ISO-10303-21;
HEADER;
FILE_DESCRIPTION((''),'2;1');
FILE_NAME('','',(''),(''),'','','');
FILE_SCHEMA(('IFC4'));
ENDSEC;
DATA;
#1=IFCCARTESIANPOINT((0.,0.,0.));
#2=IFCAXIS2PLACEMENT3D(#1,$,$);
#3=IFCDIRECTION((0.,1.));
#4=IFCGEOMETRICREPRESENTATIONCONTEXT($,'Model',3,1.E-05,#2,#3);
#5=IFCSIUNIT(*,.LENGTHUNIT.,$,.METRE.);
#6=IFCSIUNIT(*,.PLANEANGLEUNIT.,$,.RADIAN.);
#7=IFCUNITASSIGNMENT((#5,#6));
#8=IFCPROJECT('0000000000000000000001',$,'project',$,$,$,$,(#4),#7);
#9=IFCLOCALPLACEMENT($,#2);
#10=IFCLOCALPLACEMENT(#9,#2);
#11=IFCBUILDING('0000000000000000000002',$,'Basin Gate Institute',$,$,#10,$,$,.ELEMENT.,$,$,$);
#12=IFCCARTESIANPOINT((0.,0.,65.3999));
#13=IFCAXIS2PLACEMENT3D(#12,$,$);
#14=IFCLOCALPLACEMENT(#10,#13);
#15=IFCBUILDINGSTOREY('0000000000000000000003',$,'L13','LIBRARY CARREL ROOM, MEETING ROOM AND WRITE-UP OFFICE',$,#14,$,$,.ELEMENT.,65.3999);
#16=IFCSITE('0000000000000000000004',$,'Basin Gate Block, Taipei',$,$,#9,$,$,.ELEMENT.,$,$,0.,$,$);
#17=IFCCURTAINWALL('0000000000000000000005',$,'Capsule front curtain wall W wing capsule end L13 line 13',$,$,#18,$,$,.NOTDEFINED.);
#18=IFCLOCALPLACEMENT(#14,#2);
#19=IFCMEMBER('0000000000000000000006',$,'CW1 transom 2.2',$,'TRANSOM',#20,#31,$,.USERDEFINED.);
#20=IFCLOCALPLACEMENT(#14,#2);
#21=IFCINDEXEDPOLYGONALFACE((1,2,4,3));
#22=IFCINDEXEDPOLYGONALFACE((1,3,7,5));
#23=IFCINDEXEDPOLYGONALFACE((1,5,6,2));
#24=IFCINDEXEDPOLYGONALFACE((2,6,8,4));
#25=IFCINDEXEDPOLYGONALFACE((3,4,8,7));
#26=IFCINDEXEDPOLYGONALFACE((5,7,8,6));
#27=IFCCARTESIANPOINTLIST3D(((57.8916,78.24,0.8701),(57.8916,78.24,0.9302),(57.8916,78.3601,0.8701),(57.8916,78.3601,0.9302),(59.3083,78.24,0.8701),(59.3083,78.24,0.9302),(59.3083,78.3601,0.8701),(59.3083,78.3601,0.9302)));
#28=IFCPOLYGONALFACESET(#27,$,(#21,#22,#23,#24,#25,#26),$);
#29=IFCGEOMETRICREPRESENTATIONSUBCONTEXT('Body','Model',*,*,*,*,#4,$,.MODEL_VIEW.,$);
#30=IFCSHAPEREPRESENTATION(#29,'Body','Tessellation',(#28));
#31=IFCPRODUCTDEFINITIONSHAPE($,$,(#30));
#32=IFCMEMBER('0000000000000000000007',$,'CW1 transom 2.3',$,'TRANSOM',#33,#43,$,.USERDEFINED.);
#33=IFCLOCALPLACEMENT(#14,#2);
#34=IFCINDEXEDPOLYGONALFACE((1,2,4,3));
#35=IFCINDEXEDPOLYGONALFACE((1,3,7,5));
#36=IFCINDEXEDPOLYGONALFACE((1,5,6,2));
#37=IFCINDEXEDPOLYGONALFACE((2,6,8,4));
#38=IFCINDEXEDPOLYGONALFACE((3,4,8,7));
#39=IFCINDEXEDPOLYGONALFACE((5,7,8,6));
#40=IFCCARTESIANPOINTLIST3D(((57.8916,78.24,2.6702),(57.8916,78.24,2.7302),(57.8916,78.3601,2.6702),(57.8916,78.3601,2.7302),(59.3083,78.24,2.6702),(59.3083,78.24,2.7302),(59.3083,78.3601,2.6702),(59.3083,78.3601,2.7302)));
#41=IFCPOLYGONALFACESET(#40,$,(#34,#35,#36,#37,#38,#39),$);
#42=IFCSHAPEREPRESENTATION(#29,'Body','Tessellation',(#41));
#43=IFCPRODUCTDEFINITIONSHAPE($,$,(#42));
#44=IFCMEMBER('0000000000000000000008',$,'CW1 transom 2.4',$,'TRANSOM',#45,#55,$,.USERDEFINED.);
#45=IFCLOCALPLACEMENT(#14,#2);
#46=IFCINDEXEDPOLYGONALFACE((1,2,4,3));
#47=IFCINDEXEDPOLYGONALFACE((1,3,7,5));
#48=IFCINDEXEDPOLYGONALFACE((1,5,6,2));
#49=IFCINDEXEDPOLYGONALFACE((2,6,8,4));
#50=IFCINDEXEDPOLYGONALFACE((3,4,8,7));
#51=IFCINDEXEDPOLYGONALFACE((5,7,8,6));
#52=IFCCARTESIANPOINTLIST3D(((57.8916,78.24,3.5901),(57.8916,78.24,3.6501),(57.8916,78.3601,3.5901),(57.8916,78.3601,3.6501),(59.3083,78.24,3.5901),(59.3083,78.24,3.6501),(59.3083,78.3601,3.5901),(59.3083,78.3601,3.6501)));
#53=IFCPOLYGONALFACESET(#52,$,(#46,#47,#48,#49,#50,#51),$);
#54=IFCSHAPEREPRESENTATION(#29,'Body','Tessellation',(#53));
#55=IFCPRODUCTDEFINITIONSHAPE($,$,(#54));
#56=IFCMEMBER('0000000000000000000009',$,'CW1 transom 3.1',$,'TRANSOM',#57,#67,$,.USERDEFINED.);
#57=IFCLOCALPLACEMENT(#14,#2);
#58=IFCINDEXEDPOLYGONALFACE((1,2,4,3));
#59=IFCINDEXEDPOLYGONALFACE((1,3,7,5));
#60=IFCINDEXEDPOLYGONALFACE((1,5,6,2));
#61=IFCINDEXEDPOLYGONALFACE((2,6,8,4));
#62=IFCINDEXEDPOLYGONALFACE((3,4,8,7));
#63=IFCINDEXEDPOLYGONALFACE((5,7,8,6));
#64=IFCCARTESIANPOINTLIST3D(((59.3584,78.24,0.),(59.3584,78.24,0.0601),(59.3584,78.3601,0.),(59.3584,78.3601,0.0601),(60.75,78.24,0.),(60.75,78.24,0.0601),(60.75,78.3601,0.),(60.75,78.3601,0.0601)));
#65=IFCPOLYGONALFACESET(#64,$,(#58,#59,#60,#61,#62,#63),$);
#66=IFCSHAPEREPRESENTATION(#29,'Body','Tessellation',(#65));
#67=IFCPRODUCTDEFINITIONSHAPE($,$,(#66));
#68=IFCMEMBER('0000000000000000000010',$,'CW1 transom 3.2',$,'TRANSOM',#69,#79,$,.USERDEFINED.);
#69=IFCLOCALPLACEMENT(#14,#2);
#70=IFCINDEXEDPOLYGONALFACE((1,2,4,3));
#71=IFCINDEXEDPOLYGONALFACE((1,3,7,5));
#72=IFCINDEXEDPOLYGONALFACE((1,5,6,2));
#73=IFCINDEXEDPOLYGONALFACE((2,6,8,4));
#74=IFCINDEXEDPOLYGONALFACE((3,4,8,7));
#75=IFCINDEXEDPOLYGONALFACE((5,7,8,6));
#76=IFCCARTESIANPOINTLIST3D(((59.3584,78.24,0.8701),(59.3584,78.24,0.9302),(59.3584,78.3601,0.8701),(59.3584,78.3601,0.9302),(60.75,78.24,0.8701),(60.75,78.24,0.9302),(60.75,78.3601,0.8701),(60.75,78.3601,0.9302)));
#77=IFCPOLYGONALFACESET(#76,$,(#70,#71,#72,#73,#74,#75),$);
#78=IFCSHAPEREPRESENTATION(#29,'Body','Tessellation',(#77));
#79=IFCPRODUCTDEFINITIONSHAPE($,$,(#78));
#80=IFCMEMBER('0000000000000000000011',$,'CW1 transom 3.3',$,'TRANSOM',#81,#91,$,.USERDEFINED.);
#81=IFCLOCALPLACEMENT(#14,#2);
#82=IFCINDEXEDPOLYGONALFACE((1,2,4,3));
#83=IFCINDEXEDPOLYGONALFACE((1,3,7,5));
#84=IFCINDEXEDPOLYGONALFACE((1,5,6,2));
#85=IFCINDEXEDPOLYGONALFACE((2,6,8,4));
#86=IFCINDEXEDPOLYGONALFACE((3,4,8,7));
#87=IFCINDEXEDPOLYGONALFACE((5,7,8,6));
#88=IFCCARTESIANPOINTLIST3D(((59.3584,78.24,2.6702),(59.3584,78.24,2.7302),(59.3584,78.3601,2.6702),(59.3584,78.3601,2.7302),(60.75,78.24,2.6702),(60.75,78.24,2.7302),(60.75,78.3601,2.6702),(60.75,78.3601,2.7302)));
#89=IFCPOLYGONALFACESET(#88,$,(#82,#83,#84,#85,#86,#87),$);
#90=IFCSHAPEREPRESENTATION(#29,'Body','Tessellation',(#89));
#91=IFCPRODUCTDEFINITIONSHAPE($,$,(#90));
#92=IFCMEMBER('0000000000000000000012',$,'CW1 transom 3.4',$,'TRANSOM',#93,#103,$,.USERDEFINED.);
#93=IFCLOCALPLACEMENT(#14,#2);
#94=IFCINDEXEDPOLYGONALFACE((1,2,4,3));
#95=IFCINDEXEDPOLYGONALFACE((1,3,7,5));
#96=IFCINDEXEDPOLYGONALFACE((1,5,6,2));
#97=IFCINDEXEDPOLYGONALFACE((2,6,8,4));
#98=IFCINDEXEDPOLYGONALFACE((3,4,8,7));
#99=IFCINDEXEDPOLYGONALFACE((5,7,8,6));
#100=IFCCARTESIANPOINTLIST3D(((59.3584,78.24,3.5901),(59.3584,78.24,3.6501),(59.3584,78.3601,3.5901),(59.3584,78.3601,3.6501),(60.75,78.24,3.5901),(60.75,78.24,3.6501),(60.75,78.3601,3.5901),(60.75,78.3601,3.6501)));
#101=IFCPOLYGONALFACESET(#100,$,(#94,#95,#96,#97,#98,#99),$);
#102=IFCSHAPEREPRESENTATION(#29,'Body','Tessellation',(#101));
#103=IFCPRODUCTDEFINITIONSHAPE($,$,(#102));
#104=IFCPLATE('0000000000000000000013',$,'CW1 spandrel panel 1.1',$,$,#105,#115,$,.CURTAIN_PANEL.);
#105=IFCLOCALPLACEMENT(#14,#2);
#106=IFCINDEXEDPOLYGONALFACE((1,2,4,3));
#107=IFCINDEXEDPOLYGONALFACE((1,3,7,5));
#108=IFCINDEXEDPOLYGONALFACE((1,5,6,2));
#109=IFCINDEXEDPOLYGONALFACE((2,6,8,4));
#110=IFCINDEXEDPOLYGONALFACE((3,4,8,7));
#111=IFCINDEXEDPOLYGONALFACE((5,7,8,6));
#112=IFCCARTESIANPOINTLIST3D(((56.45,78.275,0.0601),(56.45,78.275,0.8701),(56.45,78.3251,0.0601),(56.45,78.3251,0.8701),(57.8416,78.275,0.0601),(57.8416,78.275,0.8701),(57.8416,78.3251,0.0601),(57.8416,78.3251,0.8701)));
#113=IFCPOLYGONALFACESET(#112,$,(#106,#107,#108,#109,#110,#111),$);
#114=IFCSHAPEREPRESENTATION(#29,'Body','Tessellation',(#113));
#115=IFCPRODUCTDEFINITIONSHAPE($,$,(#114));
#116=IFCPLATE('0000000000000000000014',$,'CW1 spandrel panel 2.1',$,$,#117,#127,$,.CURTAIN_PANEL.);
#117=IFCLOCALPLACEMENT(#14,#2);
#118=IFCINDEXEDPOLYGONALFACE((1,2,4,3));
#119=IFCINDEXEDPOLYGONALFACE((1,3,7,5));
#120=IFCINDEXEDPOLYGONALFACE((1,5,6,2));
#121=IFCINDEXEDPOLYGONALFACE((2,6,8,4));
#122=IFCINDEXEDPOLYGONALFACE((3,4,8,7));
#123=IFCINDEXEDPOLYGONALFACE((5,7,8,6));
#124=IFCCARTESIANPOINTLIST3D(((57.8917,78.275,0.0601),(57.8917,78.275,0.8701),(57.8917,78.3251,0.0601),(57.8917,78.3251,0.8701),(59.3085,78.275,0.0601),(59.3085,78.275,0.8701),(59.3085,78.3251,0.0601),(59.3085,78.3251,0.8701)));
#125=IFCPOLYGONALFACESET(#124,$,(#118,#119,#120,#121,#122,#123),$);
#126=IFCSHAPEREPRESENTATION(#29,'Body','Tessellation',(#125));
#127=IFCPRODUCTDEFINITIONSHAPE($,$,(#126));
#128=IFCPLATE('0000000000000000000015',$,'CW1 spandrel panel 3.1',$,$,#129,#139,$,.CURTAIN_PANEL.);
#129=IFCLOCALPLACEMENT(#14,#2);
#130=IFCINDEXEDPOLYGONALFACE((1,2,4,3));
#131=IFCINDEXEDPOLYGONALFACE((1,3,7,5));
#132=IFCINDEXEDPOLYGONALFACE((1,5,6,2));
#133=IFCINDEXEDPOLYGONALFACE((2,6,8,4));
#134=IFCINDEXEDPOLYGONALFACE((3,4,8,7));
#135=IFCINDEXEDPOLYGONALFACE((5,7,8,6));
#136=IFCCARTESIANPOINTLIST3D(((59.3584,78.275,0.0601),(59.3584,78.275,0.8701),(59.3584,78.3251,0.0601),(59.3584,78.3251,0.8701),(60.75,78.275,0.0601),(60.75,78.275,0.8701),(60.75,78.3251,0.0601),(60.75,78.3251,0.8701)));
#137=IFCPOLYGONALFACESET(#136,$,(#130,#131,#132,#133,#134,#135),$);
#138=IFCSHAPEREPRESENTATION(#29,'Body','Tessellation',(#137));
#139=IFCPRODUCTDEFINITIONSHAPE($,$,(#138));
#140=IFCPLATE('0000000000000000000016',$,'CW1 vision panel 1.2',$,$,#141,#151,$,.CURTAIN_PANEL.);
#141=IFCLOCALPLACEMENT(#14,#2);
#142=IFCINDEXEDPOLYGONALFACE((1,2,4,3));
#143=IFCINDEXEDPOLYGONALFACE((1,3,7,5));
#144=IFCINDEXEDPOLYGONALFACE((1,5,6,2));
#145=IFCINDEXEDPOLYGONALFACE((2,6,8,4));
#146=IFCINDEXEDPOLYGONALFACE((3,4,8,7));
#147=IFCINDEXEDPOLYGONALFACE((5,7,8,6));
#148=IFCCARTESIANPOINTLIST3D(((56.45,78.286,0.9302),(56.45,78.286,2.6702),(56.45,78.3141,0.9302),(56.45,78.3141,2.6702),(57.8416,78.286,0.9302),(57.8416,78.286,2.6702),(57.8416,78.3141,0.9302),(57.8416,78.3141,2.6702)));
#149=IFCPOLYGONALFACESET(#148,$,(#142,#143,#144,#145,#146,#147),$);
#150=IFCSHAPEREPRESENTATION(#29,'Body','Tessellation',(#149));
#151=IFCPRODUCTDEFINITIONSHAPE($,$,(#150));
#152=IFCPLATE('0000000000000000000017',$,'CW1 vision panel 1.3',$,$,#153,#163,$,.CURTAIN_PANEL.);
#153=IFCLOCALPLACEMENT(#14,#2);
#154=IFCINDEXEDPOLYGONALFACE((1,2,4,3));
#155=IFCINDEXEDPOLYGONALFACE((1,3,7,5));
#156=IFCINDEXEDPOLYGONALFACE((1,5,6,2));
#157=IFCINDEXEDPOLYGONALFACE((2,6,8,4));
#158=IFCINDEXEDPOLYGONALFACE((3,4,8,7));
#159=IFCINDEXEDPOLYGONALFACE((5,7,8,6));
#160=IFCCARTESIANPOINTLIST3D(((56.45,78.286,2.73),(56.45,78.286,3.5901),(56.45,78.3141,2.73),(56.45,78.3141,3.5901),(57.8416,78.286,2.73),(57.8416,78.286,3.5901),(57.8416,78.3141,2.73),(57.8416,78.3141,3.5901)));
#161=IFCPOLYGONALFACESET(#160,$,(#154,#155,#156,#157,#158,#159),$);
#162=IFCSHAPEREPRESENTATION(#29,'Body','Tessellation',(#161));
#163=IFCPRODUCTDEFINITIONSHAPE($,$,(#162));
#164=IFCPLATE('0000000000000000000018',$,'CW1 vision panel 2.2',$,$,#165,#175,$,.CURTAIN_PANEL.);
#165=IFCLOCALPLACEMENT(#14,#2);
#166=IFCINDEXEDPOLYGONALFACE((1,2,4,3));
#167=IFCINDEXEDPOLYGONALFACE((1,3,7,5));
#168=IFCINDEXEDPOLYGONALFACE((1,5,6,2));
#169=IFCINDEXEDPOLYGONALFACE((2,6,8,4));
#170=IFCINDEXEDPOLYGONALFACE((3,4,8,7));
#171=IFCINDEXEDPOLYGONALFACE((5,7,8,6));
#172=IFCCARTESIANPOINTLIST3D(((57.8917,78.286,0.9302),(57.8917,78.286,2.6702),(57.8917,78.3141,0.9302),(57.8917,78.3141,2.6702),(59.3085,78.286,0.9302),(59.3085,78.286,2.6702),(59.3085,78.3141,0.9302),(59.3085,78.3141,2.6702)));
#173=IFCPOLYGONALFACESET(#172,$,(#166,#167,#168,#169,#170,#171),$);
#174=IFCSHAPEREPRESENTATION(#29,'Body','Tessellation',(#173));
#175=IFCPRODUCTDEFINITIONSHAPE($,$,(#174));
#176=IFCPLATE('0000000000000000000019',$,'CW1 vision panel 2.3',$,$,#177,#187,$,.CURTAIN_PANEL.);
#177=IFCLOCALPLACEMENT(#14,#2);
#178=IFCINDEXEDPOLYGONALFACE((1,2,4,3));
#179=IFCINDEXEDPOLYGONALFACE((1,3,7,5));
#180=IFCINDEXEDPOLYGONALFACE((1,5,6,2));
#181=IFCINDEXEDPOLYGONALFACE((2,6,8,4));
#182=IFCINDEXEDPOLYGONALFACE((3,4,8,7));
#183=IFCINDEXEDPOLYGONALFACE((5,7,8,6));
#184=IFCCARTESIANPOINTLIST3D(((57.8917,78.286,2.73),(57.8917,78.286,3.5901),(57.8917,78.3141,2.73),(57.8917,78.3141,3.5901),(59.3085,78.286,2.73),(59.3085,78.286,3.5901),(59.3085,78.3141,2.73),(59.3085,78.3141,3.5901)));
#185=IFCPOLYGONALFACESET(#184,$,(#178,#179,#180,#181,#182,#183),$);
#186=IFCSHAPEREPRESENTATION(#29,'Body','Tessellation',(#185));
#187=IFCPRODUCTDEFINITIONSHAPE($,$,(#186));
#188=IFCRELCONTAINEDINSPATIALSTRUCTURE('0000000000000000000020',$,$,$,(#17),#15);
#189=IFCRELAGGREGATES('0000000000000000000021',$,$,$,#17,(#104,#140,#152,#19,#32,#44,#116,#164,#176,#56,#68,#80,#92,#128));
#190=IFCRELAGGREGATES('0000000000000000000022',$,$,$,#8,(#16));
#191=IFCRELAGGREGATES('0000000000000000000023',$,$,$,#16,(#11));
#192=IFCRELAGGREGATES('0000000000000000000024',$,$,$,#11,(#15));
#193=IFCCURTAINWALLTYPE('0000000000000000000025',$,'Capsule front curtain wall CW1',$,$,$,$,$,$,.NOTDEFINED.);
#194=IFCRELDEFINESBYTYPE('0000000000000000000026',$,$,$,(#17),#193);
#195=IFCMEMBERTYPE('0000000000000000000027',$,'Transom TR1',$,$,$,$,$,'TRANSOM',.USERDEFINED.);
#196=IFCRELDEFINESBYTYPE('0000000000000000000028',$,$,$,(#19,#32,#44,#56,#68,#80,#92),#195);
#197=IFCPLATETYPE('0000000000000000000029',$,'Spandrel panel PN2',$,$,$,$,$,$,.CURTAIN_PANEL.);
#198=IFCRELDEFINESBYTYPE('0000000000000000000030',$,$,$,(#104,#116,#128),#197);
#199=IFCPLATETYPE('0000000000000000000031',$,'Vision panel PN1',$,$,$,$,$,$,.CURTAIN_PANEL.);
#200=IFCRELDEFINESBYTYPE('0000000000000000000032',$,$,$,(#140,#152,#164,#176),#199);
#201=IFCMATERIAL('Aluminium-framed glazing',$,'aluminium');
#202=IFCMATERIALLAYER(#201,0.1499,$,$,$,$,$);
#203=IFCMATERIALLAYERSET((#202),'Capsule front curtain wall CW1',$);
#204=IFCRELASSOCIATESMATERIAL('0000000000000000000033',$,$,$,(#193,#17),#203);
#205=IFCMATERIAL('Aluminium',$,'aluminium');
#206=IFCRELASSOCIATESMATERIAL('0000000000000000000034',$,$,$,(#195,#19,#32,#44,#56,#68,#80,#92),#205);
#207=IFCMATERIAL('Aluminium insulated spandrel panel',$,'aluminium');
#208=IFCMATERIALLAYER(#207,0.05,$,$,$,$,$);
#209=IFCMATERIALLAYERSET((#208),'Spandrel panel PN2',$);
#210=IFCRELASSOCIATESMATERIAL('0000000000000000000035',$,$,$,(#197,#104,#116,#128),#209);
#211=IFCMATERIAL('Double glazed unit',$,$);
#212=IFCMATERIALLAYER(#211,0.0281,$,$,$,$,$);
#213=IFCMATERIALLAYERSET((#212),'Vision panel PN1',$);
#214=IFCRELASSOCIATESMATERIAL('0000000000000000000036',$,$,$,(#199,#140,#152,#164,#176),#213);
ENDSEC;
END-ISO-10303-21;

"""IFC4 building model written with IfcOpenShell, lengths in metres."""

from ifc_helpers import new_model, si_unit, direction, frame, origin, origin_2d, place, context, subcontext, project, spatial, rectangle, extrude, material, layer, layer_set, material_profile, profile_set, type_object, element, aggregate, save


model = new_model("IFC4")

# Units and contexts
model_context = context("Model", 3, precision=1e-05, world=origin(), true_north=direction((0.0, 1.0)))
body_context = subcontext(model_context, "Body", "Model", "MODEL_VIEW")
ifc_project = project(units=[si_unit("LENGTHUNIT", "METRE"), si_unit("PLANEANGLEUNIT", "RADIAN")], contexts=[model_context])

# Site, building, storey
site_placement = place(None, origin())
site = spatial("IfcSite", under=ifc_project, at=site_placement, Name="Basin Gate Block, Taipei", CompositionType="ELEMENT", RefElevation=0.0)
building_placement = place(site_placement, origin())
building = spatial("IfcBuilding", under=site, at=building_placement, Name="Basin Gate Institute", CompositionType="ELEMENT")
storey_placement = place(building_placement, frame((0.0, 0.0, 65.3999)))
storey = spatial("IfcBuildingStorey", under=building, at=storey_placement, Name="L13", Description="LIBRARY CARREL ROOM, MEETING ROOM AND WRITE-UP OFFICE", CompositionType="ELEMENT", Elevation=65.3999)

# Curtain wall
ifc_material_1 = material(Name="Aluminium-framed glazing", Category="aluminium")
ifc_layer_1 = layer(ifc_material_1, 0.1499)
ifc_layer_set_1 = layer_set([ifc_layer_1], Name="Capsule front curtain wall CW1")
curtain_wall_type = type_object("IfcCurtainWallType", Name="Capsule front curtain wall CW1", PredefinedType="NOTDEFINED", material=ifc_layer_set_1)
curtain_wall_placement = place(storey_placement, origin())
curtain_wall = element("IfcCurtainWall", 1, at=curtain_wall_placement, inside=storey, type_object=curtain_wall_type, material=ifc_layer_set_1, Name="Capsule front curtain wall W wing capsule end L13 line 13", PredefinedType="NOTDEFINED")

# Members
ifc_material_2 = material(Name="Aluminium", Category="aluminium")
ifc_material_profile_1 = material_profile(ifc_material_2, rectangle(XDim=0.1201, YDim=0.0601, at=origin_2d()), Name="Transom TR1 120 x 60")
ifc_profile_set_1 = profile_set([ifc_material_profile_1], Name="Aluminium")
member_type_1 = type_object("IfcMemberType", Name="Transom TR1", ElementType="TRANSOM", PredefinedType="USERDEFINED", material=ifc_profile_set_1)
member_1_placement = place(storey_placement, frame((57.8916, 78.3, 0.9001), z_axis=(1.0, 0.0, 0.0), x_axis=(0.0, 1.0, 0.0)))
member_1 = element("IfcMember", 2, at=member_1_placement, type_object=member_type_1, material=ifc_profile_set_1, Name="CW1 transom 2.2", ObjectType="TRANSOM", PredefinedType="USERDEFINED", context=body_context, shape_type="SweptSolid", body=[
    extrude(rectangle(XDim=0.1201, YDim=0.0601, at=origin_2d()), origin(), (0.0, 0.0, 1.0), 1.4167),
])
member_2_placement = place(storey_placement, frame((57.8916, 78.3, 2.7002), z_axis=(1.0, 0.0, 0.0), x_axis=(0.0, 1.0, 0.0)))
member_2 = element("IfcMember", 3, at=member_2_placement, type_object=member_type_1, material=ifc_profile_set_1, Name="CW1 transom 2.3", ObjectType="TRANSOM", PredefinedType="USERDEFINED", context=body_context, shape_type="SweptSolid", body=[
    extrude(rectangle(XDim=0.1201, YDim=0.0601, at=origin_2d()), origin(), (0.0, 0.0, 1.0), 1.4167),
])
member_3_placement = place(storey_placement, frame((57.8916, 78.3, 3.6201), z_axis=(1.0, 0.0, 0.0), x_axis=(0.0, 1.0, 0.0)))
member_3 = element("IfcMember", 4, at=member_3_placement, type_object=member_type_1, material=ifc_profile_set_1, Name="CW1 transom 2.4", ObjectType="TRANSOM", PredefinedType="USERDEFINED", context=body_context, shape_type="SweptSolid", body=[
    extrude(rectangle(XDim=0.1201, YDim=0.0601, at=origin_2d()), origin(), (0.0, 0.0, 1.0), 1.4167),
])
member_4_placement = place(storey_placement, frame((59.3584, 78.3, 0.03), z_axis=(1.0, 0.0, 0.0), x_axis=(0.0, 1.0, 0.0)))
member_4 = element("IfcMember", 5, at=member_4_placement, type_object=member_type_1, material=ifc_profile_set_1, Name="CW1 transom 3.1", ObjectType="TRANSOM", PredefinedType="USERDEFINED", context=body_context, shape_type="SweptSolid", body=[
    extrude(rectangle(XDim=0.1201, YDim=0.0601, at=origin_2d()), origin(), (0.0, 0.0, 1.0), 1.3916),
])
member_5_placement = place(storey_placement, frame((59.3584, 78.3, 0.9001), z_axis=(1.0, 0.0, 0.0), x_axis=(0.0, 1.0, 0.0)))
member_5 = element("IfcMember", 6, at=member_5_placement, type_object=member_type_1, material=ifc_profile_set_1, Name="CW1 transom 3.2", ObjectType="TRANSOM", PredefinedType="USERDEFINED", context=body_context, shape_type="SweptSolid", body=[
    extrude(rectangle(XDim=0.1201, YDim=0.0601, at=origin_2d()), origin(), (0.0, 0.0, 1.0), 1.3916),
])
member_6_placement = place(storey_placement, frame((59.3584, 78.3, 2.7002), z_axis=(1.0, 0.0, 0.0), x_axis=(0.0, 1.0, 0.0)))
member_6 = element("IfcMember", 7, at=member_6_placement, type_object=member_type_1, material=ifc_profile_set_1, Name="CW1 transom 3.3", ObjectType="TRANSOM", PredefinedType="USERDEFINED", context=body_context, shape_type="SweptSolid", body=[
    extrude(rectangle(XDim=0.1201, YDim=0.0601, at=origin_2d()), origin(), (0.0, 0.0, 1.0), 1.3916),
])
member_7_placement = place(storey_placement, frame((59.3584, 78.3, 3.6201), z_axis=(1.0, 0.0, 0.0), x_axis=(0.0, 1.0, 0.0)))
member_7 = element("IfcMember", 8, at=member_7_placement, type_object=member_type_1, material=ifc_profile_set_1, Name="CW1 transom 3.4", ObjectType="TRANSOM", PredefinedType="USERDEFINED", context=body_context, shape_type="SweptSolid", body=[
    extrude(rectangle(XDim=0.1201, YDim=0.0601, at=origin_2d()), origin(), (0.0, 0.0, 1.0), 1.3916),
])

# Plates
ifc_material_3 = material(Name="Aluminium insulated spandrel panel", Category="aluminium")
ifc_layer_2 = layer(ifc_material_3, 0.05)
ifc_layer_set_2 = layer_set([ifc_layer_2], Name="Spandrel panel PN2")
plate_type_1 = type_object("IfcPlateType", Name="Spandrel panel PN2", PredefinedType="CURTAIN_PANEL", material=ifc_layer_set_2)
plate_1_placement = place(storey_placement, frame((57.1458, 78.3, 0.0601), z_axis=(0.0, 0.0, 1.0), x_axis=(1.0, 0.0, 0.0)))
plate_1 = element("IfcPlate", 9, at=plate_1_placement, type_object=plate_type_1, material=ifc_layer_set_2, Name="CW1 spandrel panel 1.1", PredefinedType="CURTAIN_PANEL", context=body_context, shape_type="SweptSolid", body=[
    extrude(rectangle(XDim=1.3916, YDim=0.05, at=origin_2d()), origin(), (0.0, 0.0, 1.0), 0.8101),
])
plate_2_placement = place(storey_placement, frame((58.6001, 78.3, 0.0601), z_axis=(0.0, 0.0, 1.0), x_axis=(1.0, 0.0, 0.0)))
plate_2 = element("IfcPlate", 10, at=plate_2_placement, type_object=plate_type_1, material=ifc_layer_set_2, Name="CW1 spandrel panel 2.1", PredefinedType="CURTAIN_PANEL", context=body_context, shape_type="SweptSolid", body=[
    extrude(rectangle(XDim=1.4167, YDim=0.05, at=origin_2d()), origin(), (0.0, 0.0, 1.0), 0.8101),
])
plate_3_placement = place(storey_placement, frame((60.0542, 78.3, 0.0601), z_axis=(0.0, 0.0, 1.0), x_axis=(1.0, 0.0, 0.0)))
plate_3 = element("IfcPlate", 11, at=plate_3_placement, type_object=plate_type_1, material=ifc_layer_set_2, Name="CW1 spandrel panel 3.1", PredefinedType="CURTAIN_PANEL", context=body_context, shape_type="SweptSolid", body=[
    extrude(rectangle(XDim=1.3916, YDim=0.05, at=origin_2d()), origin(), (0.0, 0.0, 1.0), 0.8101),
])
ifc_material_4 = material(Name="Double glazed unit")
ifc_layer_3 = layer(ifc_material_4, 0.0281)
ifc_layer_set_3 = layer_set([ifc_layer_3], Name="Vision panel PN1")
plate_type_2 = type_object("IfcPlateType", Name="Vision panel PN1", PredefinedType="CURTAIN_PANEL", material=ifc_layer_set_3)
plate_4_placement = place(storey_placement, frame((57.1458, 78.3, 0.9302), z_axis=(0.0, 0.0, 1.0), x_axis=(1.0, 0.0, 0.0)))
plate_4 = element("IfcPlate", 12, at=plate_4_placement, type_object=plate_type_2, material=ifc_layer_set_3, Name="CW1 vision panel 1.2", PredefinedType="CURTAIN_PANEL", context=body_context, shape_type="SweptSolid", body=[
    extrude(rectangle(XDim=1.3916, YDim=0.0281, at=origin_2d()), origin(), (0.0, 0.0, 1.0), 1.74),
])
plate_5_placement = place(storey_placement, frame((57.1458, 78.3, 2.73), z_axis=(0.0, 0.0, 1.0), x_axis=(1.0, 0.0, 0.0)))
plate_5 = element("IfcPlate", 13, at=plate_5_placement, type_object=plate_type_2, material=ifc_layer_set_3, Name="CW1 vision panel 1.3", PredefinedType="CURTAIN_PANEL", context=body_context, shape_type="SweptSolid", body=[
    extrude(rectangle(XDim=1.3916, YDim=0.0281, at=origin_2d()), origin(), (0.0, 0.0, 1.0), 0.8601),
])
plate_6_placement = place(storey_placement, frame((58.6001, 78.3, 0.9302), z_axis=(0.0, 0.0, 1.0), x_axis=(1.0, 0.0, 0.0)))
plate_6 = element("IfcPlate", 14, at=plate_6_placement, type_object=plate_type_2, material=ifc_layer_set_3, Name="CW1 vision panel 2.2", PredefinedType="CURTAIN_PANEL", context=body_context, shape_type="SweptSolid", body=[
    extrude(rectangle(XDim=1.4167, YDim=0.0281, at=origin_2d()), origin(), (0.0, 0.0, 1.0), 1.74),
])
plate_7_placement = place(storey_placement, frame((58.6001, 78.3, 2.73), z_axis=(0.0, 0.0, 1.0), x_axis=(1.0, 0.0, 0.0)))
plate_7 = element("IfcPlate", 15, at=plate_7_placement, type_object=plate_type_2, material=ifc_layer_set_3, Name="CW1 vision panel 2.3", PredefinedType="CURTAIN_PANEL", context=body_context, shape_type="SweptSolid", body=[
    extrude(rectangle(XDim=1.4167, YDim=0.0281, at=origin_2d()), origin(), (0.0, 0.0, 1.0), 0.8601),
])
aggregate(curtain_wall, [plate_1, plate_4, plate_5, member_1, member_2, member_3, plate_2, plate_6, plate_7, member_4, member_5, member_6, member_7, plate_3])

save(model, "model.ifc")
